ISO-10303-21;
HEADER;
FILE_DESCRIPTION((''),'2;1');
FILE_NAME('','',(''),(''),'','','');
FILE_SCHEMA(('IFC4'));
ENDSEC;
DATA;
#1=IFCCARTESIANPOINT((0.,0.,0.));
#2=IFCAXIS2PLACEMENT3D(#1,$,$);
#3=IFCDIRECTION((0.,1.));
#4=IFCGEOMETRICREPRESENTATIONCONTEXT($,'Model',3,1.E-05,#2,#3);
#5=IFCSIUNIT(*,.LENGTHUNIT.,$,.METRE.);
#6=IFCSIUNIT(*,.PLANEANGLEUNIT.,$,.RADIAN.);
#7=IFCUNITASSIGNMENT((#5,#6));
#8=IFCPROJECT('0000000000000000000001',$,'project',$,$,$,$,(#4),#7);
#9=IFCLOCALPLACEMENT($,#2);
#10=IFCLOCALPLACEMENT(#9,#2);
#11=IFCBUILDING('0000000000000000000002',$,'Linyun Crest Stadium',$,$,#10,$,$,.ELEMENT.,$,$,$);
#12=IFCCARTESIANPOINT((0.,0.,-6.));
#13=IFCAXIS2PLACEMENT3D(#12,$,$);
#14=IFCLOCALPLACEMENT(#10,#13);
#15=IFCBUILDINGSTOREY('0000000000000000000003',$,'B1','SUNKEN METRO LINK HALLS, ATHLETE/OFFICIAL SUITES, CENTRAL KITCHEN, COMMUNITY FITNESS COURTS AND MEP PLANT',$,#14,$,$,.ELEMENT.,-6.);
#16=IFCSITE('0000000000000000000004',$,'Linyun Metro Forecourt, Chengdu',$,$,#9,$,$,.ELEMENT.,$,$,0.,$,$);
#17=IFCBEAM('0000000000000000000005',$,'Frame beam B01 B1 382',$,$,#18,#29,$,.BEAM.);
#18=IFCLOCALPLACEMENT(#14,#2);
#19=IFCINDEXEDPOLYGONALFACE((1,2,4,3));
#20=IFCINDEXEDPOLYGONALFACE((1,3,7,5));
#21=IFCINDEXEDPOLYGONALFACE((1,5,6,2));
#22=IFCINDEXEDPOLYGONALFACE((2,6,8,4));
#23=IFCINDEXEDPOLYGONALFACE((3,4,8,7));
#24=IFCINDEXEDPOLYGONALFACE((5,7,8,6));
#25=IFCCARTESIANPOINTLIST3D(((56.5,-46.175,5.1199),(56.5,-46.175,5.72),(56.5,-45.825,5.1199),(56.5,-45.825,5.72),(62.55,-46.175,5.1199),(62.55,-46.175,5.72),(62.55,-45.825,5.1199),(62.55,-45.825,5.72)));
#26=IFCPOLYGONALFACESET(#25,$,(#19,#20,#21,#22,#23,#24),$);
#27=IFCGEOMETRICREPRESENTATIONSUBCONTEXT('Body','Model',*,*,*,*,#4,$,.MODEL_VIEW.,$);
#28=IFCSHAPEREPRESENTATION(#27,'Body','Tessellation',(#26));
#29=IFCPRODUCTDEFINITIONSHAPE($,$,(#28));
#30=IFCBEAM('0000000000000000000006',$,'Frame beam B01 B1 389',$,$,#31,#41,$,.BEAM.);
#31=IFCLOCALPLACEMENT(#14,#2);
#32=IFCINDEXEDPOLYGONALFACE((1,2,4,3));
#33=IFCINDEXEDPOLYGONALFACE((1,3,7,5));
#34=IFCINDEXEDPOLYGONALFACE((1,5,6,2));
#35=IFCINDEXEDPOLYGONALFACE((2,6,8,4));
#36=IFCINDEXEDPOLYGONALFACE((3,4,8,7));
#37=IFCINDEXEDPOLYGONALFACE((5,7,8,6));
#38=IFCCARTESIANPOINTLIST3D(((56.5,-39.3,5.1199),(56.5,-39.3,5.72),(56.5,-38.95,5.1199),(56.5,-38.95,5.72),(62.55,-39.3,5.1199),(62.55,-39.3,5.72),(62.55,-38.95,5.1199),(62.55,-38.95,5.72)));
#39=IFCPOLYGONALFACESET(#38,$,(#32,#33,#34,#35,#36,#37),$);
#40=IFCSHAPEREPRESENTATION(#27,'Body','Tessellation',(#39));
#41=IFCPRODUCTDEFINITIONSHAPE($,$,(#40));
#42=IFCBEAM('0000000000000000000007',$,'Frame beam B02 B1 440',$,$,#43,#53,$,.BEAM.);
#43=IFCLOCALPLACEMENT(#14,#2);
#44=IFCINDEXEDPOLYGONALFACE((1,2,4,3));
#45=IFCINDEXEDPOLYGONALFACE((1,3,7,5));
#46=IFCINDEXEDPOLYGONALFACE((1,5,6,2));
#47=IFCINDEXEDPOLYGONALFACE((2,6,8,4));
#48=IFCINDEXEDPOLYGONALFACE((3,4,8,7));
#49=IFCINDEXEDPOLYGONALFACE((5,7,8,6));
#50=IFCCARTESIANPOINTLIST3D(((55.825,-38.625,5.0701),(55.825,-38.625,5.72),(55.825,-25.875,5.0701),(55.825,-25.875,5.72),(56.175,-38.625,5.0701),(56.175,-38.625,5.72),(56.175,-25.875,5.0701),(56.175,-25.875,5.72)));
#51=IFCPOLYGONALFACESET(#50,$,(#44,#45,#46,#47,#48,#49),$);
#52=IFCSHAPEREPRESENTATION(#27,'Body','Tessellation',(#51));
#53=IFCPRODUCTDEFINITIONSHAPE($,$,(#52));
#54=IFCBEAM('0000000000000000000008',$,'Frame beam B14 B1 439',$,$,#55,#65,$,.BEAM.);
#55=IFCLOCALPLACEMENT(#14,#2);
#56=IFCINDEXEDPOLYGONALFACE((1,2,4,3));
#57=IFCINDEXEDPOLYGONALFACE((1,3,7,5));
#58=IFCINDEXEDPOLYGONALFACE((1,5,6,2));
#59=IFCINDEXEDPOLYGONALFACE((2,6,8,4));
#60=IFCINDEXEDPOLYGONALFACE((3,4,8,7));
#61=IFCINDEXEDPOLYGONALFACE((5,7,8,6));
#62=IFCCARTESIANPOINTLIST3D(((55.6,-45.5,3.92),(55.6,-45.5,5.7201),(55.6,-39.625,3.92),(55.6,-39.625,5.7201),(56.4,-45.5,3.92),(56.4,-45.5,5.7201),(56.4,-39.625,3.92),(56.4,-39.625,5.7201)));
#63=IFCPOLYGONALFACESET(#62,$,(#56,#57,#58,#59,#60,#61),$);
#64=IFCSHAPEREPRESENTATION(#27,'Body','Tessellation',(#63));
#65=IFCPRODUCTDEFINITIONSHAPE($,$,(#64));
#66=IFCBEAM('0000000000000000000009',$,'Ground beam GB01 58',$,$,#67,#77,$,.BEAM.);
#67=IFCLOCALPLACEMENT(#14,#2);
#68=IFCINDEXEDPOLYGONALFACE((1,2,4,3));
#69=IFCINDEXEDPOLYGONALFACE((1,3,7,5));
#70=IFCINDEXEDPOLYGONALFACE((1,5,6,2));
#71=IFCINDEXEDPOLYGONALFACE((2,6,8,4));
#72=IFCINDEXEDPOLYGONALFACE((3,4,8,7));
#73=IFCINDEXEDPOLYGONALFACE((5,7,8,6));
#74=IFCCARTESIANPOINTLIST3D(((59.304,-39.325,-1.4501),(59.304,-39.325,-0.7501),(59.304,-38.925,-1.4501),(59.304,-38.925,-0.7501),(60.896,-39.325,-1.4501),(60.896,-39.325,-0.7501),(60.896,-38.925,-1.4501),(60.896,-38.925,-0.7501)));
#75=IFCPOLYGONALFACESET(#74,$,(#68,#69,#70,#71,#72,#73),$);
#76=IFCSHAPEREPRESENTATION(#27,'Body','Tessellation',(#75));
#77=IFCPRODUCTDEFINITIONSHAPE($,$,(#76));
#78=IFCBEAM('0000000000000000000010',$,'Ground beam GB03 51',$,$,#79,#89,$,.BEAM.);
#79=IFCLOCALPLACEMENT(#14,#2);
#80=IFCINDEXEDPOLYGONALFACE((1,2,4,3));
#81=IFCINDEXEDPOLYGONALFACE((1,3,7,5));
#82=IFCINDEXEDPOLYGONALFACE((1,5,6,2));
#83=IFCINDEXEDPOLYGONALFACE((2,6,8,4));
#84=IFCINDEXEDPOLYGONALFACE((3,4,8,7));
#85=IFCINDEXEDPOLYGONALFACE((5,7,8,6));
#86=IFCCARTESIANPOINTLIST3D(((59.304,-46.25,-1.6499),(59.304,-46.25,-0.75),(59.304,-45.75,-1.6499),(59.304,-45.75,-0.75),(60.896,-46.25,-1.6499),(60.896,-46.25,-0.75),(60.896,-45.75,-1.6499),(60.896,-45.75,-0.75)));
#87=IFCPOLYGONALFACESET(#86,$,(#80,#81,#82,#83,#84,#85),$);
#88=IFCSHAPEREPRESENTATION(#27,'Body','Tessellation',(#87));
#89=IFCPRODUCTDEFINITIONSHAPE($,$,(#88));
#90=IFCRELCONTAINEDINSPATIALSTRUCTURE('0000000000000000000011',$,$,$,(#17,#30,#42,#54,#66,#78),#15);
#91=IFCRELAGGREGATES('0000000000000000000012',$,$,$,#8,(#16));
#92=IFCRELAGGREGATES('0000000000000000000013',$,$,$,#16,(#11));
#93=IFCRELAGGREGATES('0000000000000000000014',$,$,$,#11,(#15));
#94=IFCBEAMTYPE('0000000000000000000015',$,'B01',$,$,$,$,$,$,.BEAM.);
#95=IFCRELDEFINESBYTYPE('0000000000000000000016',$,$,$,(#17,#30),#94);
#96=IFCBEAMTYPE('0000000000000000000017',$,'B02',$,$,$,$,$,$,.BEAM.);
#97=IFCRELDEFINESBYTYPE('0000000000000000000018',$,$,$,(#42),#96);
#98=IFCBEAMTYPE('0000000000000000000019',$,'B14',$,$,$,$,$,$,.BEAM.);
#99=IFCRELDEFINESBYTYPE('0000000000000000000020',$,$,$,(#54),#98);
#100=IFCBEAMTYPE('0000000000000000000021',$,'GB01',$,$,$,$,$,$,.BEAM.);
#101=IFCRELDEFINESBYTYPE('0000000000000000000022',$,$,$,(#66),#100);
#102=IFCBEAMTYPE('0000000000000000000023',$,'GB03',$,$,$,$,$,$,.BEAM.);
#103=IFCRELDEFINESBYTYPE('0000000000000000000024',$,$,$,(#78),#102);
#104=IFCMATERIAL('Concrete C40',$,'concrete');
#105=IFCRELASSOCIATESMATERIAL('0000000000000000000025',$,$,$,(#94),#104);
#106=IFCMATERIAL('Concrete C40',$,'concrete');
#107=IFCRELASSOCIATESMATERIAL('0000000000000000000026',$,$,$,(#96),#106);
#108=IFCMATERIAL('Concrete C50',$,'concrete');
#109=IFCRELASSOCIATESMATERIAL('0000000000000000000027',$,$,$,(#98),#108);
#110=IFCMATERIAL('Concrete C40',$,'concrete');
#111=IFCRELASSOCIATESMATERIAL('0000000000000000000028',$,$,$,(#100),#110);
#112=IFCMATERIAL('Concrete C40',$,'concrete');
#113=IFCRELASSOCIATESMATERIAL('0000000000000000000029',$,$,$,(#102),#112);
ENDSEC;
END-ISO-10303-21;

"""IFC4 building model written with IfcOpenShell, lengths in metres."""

from ifc_helpers import new_model, si_unit, direction, frame, origin, origin_2d, place, context, subcontext, project, spatial, rectangle, extrude, material, material_profile, profile_set, type_object, element, save


model = new_model("IFC4")

# Units and contexts
model_context = context("Model", 3, precision=1e-05, world=origin(), true_north=direction((0.0, 1.0)))
body_context = subcontext(model_context, "Body", "Model", "MODEL_VIEW")
ifc_project = project(units=[si_unit("LENGTHUNIT", "METRE"), si_unit("PLANEANGLEUNIT", "RADIAN")], contexts=[model_context])

# Site, building, storey
site_placement = place(None, origin())
site = spatial("IfcSite", under=ifc_project, at=site_placement, Name="Linyun Metro Forecourt, Chengdu", CompositionType="ELEMENT", RefElevation=0.0)
building_placement = place(site_placement, origin())
building = spatial("IfcBuilding", under=site, at=building_placement, Name="Linyun Crest Stadium", CompositionType="ELEMENT")
storey_placement = place(building_placement, frame((0.0, 0.0, -6.0)))
storey = spatial("IfcBuildingStorey", under=building, at=storey_placement, Name="B1", Description="SUNKEN METRO LINK HALLS, ATHLETE/OFFICIAL SUITES, CENTRAL KITCHEN, COMMUNITY FITNESS COURTS AND MEP PLANT", CompositionType="ELEMENT", Elevation=-6.0)

# Beams
ifc_material_1 = material(Name="Concrete C40", Category="concrete")
ifc_material_profile_1 = material_profile(ifc_material_1, rectangle(XDim=0.3501, YDim=0.6001, at=origin_2d()), Name="RCB 600x350")
ifc_profile_set_1 = profile_set([ifc_material_profile_1], Name="Concrete C40")
beam_type_1 = type_object("IfcBeamType", Name="B01", PredefinedType="BEAM", material=ifc_profile_set_1)
for number, where, z_axis, x_axis, name in (
    (1, (56.5, -46.0, 5.4199), (1.0, 0.0, 0.0), (0.0, 1.0, 0.0), "Frame beam B01 B1 382"),
    (2, (56.5, -39.125, 5.4199), (1.0, 0.0, 0.0), (0.0, 1.0, 0.0), "Frame beam B01 B1 389"),
):
    element("IfcBeam", number, at=place(storey_placement, frame(where, z_axis=z_axis, x_axis=x_axis)), inside=storey, type_object=beam_type_1, Name=name, PredefinedType="BEAM", context=body_context, shape_type="SweptSolid", body=[
        extrude(rectangle(XDim=0.3501, YDim=0.6001, at=origin_2d()), origin(), (0.0, 0.0, 1.0), 6.05),
    ])
ifc_material_2 = material(Name="Concrete C40", Category="concrete")
ifc_material_profile_2 = material_profile(ifc_material_2, rectangle(XDim=0.3501, YDim=0.6499, at=origin_2d()), Name="RCB 650x350")
ifc_profile_set_2 = profile_set([ifc_material_profile_2], Name="Concrete C40")
beam_type_2 = type_object("IfcBeamType", Name="B02", PredefinedType="BEAM", material=ifc_profile_set_2)
beam_1_placement = place(storey_placement, frame((56.0, -38.625, 5.395), z_axis=(0.0, 1.0, 0.0), x_axis=(-1.0, 0.0, 0.0)))
element("IfcBeam", 3, at=beam_1_placement, inside=storey, type_object=beam_type_2, Name="Frame beam B02 B1 440", PredefinedType="BEAM", context=body_context, shape_type="SweptSolid", body=[
    extrude(rectangle(XDim=0.3501, YDim=0.6499, at=origin_2d()), origin(), (0.0, 0.0, 1.0), 12.75),
])
ifc_material_3 = material(Name="Concrete C50", Category="concrete")
ifc_material_profile_3 = material_profile(ifc_material_3, rectangle(XDim=0.8, YDim=1.8, at=origin_2d()), Name="RCB 1800x800")
ifc_profile_set_3 = profile_set([ifc_material_profile_3], Name="Concrete C50")
beam_type_3 = type_object("IfcBeamType", Name="B14", PredefinedType="BEAM", material=ifc_profile_set_3)
beam_2_placement = place(storey_placement, frame((56.0, -45.5, 4.8201), z_axis=(0.0, 1.0, 0.0), x_axis=(-1.0, 0.0, 0.0)))
element("IfcBeam", 4, at=beam_2_placement, inside=storey, type_object=beam_type_3, Name="Frame beam B14 B1 439", PredefinedType="BEAM", context=body_context, shape_type="SweptSolid", body=[
    extrude(rectangle(XDim=0.8, YDim=1.8, at=origin_2d()), origin(), (0.0, 0.0, 1.0), 5.875),
])
ifc_material_4 = material(Name="Concrete C40", Category="concrete")
ifc_material_profile_4 = material_profile(ifc_material_4, rectangle(XDim=0.3999, YDim=0.7, at=origin_2d()), Name="RCB 700x400")
ifc_profile_set_4 = profile_set([ifc_material_profile_4], Name="Concrete C40")
beam_type_4 = type_object("IfcBeamType", Name="GB01", PredefinedType="BEAM", material=ifc_profile_set_4)
beam_3_placement = place(storey_placement, frame((59.304, -39.125, -1.1001), z_axis=(1.0, 0.0, 0.0), x_axis=(0.0, 1.0, 0.0)))
element("IfcBeam", 5, at=beam_3_placement, inside=storey, type_object=beam_type_4, Name="Ground beam GB01 58", PredefinedType="BEAM", context=body_context, shape_type="SweptSolid", body=[
    extrude(rectangle(XDim=0.3999, YDim=0.7, at=origin_2d()), origin(), (0.0, 0.0, 1.0), 1.592),
])
ifc_material_5 = material(Name="Concrete C40", Category="concrete")
ifc_material_profile_5 = material_profile(ifc_material_5, rectangle(XDim=0.5, YDim=0.8999, at=origin_2d()), Name="RCB 900x500")
ifc_profile_set_5 = profile_set([ifc_material_profile_5], Name="Concrete C40")
beam_type_5 = type_object("IfcBeamType", Name="GB03", PredefinedType="BEAM", material=ifc_profile_set_5)
beam_4_placement = place(storey_placement, frame((59.304, -46.0, -1.2), z_axis=(1.0, 0.0, 0.0), x_axis=(0.0, 1.0, 0.0)))
element("IfcBeam", 6, at=beam_4_placement, inside=storey, type_object=beam_type_5, Name="Ground beam GB03 51", PredefinedType="BEAM", context=body_context, shape_type="SweptSolid", body=[
    extrude(rectangle(XDim=0.5, YDim=0.8999, at=origin_2d()), origin(), (0.0, 0.0, 1.0), 1.592),
])

save(model, "model.ifc")
